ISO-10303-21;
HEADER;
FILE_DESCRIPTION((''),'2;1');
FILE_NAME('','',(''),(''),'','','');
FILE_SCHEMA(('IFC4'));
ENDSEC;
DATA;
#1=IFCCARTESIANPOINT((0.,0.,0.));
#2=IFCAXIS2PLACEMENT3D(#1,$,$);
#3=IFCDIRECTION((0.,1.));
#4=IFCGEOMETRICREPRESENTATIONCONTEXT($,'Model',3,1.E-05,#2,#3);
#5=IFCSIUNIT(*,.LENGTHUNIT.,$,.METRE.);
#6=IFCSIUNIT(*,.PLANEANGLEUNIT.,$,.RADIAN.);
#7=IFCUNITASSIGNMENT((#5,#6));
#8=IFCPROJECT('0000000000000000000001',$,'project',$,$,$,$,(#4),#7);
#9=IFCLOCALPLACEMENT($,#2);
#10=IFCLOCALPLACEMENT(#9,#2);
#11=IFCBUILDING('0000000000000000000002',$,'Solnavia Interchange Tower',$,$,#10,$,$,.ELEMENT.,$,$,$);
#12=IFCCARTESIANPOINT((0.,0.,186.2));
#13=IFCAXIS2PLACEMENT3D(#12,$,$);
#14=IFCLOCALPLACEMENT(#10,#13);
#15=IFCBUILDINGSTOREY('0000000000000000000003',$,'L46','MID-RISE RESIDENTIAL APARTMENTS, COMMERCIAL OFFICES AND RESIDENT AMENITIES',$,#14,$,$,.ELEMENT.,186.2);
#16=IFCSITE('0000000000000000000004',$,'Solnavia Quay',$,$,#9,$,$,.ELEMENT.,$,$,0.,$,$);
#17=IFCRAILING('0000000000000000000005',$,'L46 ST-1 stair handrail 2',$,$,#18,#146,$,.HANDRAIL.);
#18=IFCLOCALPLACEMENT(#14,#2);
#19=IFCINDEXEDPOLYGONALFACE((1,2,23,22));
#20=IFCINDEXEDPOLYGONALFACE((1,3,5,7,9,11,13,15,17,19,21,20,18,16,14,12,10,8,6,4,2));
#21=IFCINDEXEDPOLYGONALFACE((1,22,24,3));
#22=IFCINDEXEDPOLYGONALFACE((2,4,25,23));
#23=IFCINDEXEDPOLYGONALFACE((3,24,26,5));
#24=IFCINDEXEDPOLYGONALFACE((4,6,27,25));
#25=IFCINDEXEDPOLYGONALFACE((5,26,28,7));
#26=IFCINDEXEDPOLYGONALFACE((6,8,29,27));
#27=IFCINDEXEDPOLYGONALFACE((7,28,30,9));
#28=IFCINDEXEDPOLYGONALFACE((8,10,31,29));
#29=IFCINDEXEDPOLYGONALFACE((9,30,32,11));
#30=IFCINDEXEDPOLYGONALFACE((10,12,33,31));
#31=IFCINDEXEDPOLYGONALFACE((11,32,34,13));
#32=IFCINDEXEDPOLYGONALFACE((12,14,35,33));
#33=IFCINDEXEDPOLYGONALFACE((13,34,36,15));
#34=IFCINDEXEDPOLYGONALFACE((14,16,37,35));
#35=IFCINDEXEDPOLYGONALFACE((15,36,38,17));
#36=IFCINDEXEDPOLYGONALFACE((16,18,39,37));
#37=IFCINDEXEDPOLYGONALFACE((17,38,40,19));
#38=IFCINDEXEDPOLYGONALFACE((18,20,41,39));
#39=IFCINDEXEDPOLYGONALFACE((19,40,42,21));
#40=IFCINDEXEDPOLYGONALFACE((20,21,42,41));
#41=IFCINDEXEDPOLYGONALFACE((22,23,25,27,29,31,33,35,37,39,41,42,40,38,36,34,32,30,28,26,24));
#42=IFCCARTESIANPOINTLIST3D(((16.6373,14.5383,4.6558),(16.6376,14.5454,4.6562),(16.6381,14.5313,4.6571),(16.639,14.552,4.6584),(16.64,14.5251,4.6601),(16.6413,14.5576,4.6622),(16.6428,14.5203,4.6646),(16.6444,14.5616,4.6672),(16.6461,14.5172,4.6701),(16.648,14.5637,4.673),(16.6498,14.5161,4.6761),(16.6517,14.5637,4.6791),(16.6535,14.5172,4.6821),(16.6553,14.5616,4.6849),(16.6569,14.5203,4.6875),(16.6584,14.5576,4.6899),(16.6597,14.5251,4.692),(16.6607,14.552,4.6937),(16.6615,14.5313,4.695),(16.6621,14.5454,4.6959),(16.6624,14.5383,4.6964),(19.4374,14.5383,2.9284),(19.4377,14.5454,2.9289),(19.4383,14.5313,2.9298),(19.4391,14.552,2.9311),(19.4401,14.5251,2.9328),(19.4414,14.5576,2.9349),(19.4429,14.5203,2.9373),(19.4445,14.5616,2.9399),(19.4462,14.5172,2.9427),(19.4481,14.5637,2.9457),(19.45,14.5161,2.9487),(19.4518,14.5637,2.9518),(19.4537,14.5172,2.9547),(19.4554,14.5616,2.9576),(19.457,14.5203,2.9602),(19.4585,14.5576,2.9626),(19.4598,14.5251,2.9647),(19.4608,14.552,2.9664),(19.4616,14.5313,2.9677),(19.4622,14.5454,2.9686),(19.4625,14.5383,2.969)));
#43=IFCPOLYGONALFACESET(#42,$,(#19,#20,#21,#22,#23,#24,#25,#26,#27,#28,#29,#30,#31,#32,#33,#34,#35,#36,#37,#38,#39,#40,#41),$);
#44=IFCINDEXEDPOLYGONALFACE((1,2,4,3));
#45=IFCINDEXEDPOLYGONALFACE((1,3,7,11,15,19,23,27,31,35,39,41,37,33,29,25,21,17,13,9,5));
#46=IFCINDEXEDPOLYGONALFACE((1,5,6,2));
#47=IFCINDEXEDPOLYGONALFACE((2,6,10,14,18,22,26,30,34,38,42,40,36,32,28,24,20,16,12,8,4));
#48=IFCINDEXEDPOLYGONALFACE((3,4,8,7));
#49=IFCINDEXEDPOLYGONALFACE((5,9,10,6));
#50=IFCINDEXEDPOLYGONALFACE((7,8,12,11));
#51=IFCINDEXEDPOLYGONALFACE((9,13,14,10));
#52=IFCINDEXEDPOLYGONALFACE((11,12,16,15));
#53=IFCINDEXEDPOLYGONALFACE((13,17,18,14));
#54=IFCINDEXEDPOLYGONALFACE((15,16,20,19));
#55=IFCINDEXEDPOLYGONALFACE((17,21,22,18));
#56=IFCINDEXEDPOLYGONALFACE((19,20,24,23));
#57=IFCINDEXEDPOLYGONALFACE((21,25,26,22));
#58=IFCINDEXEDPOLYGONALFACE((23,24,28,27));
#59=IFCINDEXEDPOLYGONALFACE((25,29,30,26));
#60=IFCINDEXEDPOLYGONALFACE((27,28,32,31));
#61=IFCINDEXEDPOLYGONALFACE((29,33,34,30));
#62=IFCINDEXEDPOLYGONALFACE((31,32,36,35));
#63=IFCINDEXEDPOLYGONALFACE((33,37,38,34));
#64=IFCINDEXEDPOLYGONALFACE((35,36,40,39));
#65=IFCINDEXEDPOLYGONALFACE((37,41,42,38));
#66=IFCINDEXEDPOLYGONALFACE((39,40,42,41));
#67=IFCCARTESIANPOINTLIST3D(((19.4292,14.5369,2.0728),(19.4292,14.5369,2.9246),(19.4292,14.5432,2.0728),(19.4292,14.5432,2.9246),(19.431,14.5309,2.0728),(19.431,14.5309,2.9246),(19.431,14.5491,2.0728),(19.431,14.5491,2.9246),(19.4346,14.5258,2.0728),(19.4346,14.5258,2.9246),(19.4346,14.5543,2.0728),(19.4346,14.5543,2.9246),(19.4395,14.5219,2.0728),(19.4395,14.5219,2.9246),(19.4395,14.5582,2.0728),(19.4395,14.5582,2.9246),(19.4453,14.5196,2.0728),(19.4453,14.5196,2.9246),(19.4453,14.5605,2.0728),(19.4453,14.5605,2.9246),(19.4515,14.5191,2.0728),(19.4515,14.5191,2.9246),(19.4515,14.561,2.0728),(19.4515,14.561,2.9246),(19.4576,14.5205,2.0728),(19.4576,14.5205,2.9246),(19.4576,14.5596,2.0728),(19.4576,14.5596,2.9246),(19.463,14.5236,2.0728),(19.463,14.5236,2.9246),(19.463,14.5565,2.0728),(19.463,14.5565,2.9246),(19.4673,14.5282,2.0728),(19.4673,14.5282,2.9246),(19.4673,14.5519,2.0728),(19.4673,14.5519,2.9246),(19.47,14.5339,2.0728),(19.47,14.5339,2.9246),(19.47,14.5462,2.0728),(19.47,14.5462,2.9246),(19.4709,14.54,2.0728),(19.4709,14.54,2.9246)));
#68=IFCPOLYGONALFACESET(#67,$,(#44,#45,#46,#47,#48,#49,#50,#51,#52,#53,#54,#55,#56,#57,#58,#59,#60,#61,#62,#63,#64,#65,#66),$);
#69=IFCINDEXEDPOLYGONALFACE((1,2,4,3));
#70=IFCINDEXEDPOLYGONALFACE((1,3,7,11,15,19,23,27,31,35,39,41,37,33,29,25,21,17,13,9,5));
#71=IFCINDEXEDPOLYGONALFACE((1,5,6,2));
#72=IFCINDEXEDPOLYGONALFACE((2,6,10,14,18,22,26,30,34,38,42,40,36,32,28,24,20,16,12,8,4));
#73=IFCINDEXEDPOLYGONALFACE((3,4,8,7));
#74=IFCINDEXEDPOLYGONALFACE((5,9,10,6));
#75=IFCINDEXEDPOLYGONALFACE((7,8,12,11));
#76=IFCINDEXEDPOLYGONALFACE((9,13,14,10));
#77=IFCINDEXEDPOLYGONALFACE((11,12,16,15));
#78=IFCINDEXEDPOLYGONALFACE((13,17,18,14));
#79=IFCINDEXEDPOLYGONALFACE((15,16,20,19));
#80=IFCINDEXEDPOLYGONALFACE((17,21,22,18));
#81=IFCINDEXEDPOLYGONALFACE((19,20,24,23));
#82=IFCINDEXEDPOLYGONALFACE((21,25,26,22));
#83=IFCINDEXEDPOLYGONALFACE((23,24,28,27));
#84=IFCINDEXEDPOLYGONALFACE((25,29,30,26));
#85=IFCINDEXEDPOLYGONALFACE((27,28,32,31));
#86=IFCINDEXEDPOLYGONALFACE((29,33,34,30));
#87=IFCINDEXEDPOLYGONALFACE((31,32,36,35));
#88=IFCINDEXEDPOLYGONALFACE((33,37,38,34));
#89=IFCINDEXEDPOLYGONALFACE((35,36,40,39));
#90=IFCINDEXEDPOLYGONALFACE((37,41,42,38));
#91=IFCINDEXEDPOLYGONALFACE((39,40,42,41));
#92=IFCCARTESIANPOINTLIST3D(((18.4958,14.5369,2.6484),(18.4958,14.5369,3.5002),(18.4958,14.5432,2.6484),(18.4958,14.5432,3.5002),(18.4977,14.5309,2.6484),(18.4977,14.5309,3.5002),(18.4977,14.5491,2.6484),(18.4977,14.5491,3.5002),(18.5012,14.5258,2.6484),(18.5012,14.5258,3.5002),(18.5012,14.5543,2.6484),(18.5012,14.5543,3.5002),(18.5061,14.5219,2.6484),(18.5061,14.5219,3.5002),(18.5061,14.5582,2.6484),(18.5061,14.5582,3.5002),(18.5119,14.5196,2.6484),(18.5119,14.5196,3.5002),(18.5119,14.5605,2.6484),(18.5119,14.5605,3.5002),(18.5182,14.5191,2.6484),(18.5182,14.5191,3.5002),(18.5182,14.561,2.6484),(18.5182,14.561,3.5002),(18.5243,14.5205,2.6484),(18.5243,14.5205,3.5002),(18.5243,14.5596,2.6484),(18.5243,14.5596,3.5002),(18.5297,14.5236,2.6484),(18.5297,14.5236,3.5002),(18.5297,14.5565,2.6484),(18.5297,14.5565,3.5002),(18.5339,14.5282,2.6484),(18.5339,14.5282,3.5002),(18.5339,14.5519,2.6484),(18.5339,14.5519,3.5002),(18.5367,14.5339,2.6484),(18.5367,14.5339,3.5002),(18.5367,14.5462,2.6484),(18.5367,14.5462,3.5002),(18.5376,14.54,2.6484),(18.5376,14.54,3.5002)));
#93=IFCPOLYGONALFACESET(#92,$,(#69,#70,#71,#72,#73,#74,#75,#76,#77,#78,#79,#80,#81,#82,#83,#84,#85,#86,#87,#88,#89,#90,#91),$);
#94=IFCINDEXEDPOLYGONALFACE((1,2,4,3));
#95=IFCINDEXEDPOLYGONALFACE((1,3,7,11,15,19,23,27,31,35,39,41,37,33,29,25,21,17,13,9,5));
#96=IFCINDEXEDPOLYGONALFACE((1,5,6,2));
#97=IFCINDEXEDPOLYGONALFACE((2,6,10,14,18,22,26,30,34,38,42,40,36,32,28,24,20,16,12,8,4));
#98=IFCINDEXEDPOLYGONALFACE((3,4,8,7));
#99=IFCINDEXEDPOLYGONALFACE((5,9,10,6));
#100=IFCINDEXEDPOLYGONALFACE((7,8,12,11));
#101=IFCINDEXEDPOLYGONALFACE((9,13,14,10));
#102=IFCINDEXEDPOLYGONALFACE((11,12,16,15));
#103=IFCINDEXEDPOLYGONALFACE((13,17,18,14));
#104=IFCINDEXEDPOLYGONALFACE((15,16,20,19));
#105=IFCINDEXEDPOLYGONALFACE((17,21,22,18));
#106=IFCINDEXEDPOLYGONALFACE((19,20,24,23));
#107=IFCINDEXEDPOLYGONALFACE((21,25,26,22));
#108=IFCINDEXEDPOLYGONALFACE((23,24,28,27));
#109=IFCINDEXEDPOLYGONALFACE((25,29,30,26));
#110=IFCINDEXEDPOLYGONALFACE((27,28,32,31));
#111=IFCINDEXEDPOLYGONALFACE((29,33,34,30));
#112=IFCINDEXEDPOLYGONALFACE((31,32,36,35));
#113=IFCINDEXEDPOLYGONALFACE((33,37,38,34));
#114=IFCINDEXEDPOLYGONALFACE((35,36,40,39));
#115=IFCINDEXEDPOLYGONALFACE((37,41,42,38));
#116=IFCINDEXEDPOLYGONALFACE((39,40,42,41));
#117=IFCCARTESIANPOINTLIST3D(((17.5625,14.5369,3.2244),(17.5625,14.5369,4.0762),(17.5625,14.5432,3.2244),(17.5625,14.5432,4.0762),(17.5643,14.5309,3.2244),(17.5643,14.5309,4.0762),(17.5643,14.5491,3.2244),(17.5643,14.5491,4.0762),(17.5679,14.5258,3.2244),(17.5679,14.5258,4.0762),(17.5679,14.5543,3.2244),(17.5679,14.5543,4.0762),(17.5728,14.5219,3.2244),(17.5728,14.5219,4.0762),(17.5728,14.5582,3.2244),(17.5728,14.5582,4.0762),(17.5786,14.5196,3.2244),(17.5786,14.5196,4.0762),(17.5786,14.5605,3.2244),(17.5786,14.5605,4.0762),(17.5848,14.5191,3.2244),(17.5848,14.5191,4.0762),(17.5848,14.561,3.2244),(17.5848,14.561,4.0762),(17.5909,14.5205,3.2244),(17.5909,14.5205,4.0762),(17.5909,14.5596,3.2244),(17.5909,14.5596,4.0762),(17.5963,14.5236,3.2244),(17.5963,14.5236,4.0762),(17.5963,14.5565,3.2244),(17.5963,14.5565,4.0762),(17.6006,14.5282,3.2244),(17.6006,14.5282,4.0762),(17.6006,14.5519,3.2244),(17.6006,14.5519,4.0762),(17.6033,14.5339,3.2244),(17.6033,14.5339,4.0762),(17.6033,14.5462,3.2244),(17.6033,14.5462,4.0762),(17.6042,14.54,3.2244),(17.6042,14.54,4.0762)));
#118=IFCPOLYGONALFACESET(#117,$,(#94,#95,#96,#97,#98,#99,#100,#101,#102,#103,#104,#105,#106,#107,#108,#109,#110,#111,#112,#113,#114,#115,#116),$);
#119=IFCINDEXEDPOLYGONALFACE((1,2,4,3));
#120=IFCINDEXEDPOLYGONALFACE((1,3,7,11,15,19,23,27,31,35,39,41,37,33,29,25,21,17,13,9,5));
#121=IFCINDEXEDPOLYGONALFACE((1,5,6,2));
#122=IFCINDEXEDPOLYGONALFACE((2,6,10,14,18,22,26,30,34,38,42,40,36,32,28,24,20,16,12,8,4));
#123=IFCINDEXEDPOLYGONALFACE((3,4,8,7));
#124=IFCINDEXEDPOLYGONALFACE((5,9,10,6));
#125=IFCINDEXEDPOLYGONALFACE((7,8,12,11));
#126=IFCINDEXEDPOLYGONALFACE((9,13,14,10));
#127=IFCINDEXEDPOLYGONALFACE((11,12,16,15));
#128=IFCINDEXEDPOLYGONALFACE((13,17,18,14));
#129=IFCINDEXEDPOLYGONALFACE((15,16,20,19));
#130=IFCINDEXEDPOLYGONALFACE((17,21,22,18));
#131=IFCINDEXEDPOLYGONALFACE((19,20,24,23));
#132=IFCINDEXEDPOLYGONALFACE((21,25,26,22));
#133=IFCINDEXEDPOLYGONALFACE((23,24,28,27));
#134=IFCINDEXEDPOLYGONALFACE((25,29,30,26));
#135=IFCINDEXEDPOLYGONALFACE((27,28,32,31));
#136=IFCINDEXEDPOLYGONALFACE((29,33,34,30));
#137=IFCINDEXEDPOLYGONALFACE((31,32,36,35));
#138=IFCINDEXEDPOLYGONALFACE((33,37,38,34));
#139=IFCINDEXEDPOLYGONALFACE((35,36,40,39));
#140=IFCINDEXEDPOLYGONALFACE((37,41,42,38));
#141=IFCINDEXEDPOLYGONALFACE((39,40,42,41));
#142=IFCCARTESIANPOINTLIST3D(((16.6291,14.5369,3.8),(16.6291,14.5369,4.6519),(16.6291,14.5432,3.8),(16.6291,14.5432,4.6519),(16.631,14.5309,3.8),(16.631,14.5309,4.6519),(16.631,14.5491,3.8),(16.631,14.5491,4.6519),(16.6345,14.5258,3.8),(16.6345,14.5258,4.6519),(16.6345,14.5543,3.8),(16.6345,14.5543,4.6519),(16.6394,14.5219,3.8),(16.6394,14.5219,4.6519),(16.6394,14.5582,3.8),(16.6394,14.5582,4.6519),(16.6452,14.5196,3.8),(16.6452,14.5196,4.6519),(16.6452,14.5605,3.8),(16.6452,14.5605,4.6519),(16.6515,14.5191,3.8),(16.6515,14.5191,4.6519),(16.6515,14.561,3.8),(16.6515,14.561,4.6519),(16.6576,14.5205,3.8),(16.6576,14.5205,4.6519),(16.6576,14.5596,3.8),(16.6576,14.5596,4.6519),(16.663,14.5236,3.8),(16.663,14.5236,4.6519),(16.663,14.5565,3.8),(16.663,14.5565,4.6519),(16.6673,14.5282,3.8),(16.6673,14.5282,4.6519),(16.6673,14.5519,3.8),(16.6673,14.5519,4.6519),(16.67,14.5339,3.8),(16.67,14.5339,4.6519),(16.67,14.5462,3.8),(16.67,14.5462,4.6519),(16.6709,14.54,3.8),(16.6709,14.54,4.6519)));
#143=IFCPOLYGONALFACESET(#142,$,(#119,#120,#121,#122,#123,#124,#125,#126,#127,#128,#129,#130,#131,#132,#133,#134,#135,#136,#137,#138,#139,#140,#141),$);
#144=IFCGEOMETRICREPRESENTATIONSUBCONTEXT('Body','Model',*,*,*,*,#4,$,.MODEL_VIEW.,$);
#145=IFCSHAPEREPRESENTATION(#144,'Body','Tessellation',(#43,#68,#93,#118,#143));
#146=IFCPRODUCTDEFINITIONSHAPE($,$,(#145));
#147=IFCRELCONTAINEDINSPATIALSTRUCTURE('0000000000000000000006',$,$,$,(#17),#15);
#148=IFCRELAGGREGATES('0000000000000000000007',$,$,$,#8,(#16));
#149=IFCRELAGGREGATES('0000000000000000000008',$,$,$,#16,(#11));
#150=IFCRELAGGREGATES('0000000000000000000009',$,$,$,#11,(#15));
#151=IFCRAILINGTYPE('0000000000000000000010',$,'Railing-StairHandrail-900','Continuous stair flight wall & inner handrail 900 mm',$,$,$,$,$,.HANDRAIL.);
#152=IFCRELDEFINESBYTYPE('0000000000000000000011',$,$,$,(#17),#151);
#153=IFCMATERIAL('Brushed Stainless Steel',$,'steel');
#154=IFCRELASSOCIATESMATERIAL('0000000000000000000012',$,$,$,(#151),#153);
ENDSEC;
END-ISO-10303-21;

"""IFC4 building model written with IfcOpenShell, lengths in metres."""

from ifc_helpers import new_model, si_unit, direction, frame, origin, origin_2d, place, context, subcontext, project, spatial, circle, extrude, material, type_object, element, save


model = new_model("IFC4")

# Units and contexts
model_context = context("Model", 3, precision=1e-05, world=origin(), true_north=direction((0.0, 1.0)))
body_context = subcontext(model_context, "Body", "Model", "MODEL_VIEW")
ifc_project = project(units=[si_unit("LENGTHUNIT", "METRE"), si_unit("PLANEANGLEUNIT", "RADIAN")], contexts=[model_context])

# Site, building, storey
site_placement = place(None, origin())
site = spatial("IfcSite", under=ifc_project, at=site_placement, Name="Solnavia Quay", CompositionType="ELEMENT", RefElevation=0.0)
building_placement = place(site_placement, origin())
building = spatial("IfcBuilding", under=site, at=building_placement, Name="Solnavia Interchange Tower", CompositionType="ELEMENT")
storey_placement = place(building_placement, frame((0.0, 0.0, 186.2)))
storey = spatial("IfcBuildingStorey", under=building, at=storey_placement, Name="L46", Description="MID-RISE RESIDENTIAL APARTMENTS, COMMERCIAL OFFICES AND RESIDENT AMENITIES", CompositionType="ELEMENT", Elevation=186.2)

# Railing
ifc_material_1 = material(Name="Brushed Stainless Steel", Category="steel")
railing_type_1 = type_object("IfcRailingType", Name="Railing-StairHandrail-900", Description="Continuous stair flight wall & inner handrail 900 mm", PredefinedType="HANDRAIL", material=ifc_material_1)
railing_1_placement = place(storey_placement, frame((19.45, 14.54, 2.0728)))
element("IfcRailing", 1, at=railing_1_placement, inside=storey, type_object=railing_type_1, Name="L46 ST-1 stair handrail 2", PredefinedType="HANDRAIL", context=body_context, shape_type="SweptSolid", body=[
    extrude(circle(Radius=0.0239, at=origin_2d()), frame((0.0, 0.0, 0.876), z_axis=(-0.85109, 0.0, 0.52502), x_axis=(0.0, -1.0, 0.0)), (0.0, 0.0, 1.0), 3.29),
    extrude(circle(Radius=0.021, at=origin_2d()), origin(), (0.0, 0.0, 1.0), 0.8518),
    extrude(circle(Radius=0.021, at=origin_2d()), frame((-0.9333, 0.0, 0.5757)), (0.0, 0.0, 1.0), 0.8518),
    extrude(circle(Radius=0.021, at=origin_2d()), frame((-1.8667, 0.0, 1.1516)), (0.0, 0.0, 1.0), 0.8518),
    extrude(circle(Radius=0.021, at=origin_2d()), frame((-2.8, 0.0, 1.7273)), (0.0, 0.0, 1.0), 0.8518),
])

save(model, "model.ifc")
